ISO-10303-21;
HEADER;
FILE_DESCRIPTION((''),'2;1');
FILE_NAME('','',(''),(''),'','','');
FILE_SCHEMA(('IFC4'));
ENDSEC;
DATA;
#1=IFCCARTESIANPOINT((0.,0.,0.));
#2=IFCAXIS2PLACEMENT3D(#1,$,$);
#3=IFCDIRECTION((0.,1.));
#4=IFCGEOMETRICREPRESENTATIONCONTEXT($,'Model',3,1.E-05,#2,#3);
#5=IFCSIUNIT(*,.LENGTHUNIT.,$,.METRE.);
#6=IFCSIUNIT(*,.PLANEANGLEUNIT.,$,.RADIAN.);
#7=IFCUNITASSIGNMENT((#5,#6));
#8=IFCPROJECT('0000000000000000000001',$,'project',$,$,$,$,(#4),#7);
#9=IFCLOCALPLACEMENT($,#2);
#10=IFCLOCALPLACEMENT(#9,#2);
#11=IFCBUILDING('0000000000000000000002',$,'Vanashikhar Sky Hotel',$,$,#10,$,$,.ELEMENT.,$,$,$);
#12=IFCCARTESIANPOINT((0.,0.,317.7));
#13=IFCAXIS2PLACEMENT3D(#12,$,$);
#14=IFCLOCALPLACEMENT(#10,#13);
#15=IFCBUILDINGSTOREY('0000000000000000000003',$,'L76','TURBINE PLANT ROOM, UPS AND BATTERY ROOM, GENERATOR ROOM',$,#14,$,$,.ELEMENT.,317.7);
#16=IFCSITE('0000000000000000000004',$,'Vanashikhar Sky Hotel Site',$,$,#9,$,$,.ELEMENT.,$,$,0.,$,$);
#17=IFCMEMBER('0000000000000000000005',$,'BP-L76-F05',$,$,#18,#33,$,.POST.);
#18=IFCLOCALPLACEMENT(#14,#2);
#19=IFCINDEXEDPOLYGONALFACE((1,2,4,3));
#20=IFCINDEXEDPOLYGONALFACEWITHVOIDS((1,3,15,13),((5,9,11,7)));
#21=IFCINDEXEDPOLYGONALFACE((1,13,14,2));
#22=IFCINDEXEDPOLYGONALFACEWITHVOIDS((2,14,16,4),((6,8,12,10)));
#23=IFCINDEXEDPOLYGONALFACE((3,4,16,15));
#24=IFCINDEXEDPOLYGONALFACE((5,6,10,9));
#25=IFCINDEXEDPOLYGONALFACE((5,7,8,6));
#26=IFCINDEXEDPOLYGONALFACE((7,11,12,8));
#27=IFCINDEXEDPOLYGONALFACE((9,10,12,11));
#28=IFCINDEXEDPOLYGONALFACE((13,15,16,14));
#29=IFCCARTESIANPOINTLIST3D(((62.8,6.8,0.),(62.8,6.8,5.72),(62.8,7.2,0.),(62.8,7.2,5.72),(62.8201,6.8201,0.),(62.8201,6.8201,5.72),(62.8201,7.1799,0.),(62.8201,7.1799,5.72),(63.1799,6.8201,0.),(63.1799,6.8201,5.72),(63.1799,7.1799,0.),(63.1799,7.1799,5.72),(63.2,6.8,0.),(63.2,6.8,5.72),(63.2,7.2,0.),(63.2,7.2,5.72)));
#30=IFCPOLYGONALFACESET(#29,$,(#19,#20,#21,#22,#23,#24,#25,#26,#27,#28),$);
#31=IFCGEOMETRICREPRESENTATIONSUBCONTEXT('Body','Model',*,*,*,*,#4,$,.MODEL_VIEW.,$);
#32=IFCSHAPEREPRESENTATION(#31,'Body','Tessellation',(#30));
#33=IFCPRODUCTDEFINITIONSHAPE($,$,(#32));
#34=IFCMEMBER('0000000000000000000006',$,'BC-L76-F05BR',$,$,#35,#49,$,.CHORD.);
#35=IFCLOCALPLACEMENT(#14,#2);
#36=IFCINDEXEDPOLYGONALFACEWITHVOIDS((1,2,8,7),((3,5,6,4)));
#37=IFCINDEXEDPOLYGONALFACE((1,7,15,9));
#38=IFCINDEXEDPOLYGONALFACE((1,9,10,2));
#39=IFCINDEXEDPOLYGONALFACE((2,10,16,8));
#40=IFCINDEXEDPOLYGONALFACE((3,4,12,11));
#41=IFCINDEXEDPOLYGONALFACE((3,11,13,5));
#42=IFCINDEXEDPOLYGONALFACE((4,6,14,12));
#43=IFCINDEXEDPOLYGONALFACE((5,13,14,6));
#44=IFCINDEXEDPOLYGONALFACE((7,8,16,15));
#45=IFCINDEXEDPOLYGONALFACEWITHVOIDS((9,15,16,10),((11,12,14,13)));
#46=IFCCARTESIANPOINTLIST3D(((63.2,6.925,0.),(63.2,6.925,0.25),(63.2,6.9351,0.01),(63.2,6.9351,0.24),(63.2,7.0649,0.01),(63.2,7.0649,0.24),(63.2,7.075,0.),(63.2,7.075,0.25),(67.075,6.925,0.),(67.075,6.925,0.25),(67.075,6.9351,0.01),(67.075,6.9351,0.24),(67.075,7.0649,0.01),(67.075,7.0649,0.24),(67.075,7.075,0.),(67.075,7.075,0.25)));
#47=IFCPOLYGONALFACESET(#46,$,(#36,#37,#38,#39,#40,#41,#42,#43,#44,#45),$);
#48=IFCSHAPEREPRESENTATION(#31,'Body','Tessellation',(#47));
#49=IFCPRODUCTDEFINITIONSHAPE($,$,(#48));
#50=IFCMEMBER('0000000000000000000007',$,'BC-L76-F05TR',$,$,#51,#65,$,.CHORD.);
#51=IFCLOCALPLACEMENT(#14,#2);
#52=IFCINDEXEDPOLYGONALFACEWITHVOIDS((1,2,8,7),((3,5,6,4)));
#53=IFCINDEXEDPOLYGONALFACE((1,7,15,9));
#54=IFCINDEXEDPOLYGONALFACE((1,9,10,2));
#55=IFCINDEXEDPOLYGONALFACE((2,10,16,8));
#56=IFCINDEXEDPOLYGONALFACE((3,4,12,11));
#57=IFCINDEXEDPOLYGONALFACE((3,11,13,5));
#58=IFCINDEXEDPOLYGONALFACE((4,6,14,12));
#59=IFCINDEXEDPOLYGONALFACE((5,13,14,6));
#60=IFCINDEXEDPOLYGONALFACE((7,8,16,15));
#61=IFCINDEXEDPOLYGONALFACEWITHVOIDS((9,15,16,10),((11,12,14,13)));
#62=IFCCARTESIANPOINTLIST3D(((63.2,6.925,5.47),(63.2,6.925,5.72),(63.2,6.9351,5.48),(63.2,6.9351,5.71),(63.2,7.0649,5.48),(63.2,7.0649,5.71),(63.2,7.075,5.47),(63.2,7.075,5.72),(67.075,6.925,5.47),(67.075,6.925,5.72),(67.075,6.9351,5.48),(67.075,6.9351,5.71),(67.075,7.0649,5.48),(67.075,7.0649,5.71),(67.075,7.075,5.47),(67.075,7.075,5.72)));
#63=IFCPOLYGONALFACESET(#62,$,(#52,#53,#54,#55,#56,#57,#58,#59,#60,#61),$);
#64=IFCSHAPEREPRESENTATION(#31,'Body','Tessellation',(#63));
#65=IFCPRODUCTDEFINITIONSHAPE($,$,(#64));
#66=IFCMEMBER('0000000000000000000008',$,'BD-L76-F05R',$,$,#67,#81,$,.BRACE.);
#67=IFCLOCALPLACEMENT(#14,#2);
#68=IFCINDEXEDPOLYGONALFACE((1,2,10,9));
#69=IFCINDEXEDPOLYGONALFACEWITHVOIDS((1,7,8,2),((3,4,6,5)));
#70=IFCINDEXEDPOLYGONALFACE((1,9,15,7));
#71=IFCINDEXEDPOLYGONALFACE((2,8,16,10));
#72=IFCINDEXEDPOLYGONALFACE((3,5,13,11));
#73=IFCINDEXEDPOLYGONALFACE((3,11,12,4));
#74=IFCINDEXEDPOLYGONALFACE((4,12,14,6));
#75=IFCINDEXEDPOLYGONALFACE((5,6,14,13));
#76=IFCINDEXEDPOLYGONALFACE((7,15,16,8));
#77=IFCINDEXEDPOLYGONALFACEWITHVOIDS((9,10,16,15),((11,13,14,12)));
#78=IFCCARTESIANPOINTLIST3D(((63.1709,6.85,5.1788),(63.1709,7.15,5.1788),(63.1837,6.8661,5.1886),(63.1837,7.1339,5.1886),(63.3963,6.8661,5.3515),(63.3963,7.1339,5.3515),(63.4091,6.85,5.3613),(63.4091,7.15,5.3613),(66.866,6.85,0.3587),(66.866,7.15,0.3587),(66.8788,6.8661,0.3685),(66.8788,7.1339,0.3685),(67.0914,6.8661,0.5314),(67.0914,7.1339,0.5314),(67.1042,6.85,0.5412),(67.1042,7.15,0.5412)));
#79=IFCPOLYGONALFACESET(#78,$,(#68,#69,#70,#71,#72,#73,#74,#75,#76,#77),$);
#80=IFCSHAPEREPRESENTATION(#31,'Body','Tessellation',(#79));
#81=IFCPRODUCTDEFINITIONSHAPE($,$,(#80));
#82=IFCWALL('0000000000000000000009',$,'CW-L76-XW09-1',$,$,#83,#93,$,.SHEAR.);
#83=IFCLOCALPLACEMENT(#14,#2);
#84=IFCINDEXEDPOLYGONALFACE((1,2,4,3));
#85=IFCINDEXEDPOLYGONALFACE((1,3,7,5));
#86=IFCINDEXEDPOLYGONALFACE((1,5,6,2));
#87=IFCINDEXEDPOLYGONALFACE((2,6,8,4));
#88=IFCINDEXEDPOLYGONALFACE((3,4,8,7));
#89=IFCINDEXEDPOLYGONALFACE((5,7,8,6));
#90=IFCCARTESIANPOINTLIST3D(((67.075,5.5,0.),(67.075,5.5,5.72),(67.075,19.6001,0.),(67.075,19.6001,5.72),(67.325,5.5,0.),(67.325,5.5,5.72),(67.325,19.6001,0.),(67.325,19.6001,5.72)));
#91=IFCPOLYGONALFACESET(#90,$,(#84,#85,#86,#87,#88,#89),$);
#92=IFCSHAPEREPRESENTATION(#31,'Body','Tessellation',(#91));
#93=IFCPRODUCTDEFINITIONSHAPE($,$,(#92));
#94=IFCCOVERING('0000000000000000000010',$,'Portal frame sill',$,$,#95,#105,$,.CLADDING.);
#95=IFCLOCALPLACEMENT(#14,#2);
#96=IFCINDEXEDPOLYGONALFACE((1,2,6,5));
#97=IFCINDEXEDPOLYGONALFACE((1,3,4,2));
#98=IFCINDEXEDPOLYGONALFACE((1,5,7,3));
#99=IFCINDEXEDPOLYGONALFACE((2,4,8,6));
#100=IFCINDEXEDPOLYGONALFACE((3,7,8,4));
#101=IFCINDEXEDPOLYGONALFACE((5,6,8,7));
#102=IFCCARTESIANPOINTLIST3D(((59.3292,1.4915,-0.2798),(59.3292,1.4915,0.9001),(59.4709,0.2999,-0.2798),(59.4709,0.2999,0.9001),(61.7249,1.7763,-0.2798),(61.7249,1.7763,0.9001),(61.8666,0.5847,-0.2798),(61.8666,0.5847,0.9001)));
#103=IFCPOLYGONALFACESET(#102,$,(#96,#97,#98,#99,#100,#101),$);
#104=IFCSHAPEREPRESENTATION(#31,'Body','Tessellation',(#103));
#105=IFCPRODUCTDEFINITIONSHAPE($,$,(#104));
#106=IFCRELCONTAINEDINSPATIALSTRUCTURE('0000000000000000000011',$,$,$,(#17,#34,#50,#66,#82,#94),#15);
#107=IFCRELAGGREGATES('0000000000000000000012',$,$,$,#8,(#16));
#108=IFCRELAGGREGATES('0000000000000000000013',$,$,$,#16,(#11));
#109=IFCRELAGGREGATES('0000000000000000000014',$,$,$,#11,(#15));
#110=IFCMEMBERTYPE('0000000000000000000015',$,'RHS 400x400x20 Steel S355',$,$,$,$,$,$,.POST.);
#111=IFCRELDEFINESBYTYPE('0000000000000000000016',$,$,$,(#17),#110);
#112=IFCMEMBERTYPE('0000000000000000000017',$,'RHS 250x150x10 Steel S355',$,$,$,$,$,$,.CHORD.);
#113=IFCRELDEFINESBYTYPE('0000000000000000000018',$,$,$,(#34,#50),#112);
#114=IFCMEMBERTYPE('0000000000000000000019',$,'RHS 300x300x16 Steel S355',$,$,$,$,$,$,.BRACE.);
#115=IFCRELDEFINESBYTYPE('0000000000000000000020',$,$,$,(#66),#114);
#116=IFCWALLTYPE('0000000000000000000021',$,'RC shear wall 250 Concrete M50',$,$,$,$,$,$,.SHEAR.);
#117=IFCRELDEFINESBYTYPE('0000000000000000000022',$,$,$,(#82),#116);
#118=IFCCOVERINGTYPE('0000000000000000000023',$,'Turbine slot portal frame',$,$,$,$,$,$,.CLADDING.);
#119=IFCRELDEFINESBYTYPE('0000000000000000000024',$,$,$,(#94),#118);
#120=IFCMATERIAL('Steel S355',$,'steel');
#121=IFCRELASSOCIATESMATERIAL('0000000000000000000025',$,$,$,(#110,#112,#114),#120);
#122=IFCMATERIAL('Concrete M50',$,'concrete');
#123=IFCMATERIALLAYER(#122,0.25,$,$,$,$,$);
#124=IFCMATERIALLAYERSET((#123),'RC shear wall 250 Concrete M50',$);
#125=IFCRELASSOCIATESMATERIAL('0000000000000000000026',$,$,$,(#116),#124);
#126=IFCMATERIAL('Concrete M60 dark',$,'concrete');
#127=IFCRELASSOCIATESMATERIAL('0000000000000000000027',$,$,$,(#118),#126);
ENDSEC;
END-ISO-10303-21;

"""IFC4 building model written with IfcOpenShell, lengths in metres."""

from ifc_helpers import new_model, si_unit, direction, frame, frame_2d, origin, origin_2d, place, context, subcontext, project, spatial, rectangle, hollow_rectangle, extrude, source, transform, mapped, material, layer, layer_set, material_profile, profile_set, type_object, element, save


model = new_model("IFC4")

# Units and contexts
model_context = context("Model", 3, precision=1e-05, world=origin(), true_north=direction((0.0, 1.0)))
body_context = subcontext(model_context, "Body", "Model", "MODEL_VIEW")
ifc_project = project(units=[si_unit("LENGTHUNIT", "METRE"), si_unit("PLANEANGLEUNIT", "RADIAN")], contexts=[model_context])

# Site, building, storey
site_placement = place(None, origin())
site = spatial("IfcSite", under=ifc_project, at=site_placement, Name="Vanashikhar Sky Hotel Site", CompositionType="ELEMENT", RefElevation=0.0)
building_placement = place(site_placement, origin())
building = spatial("IfcBuilding", under=site, at=building_placement, Name="Vanashikhar Sky Hotel", CompositionType="ELEMENT")
storey_placement = place(building_placement, frame((0.0, 0.0, 317.7)))
storey = spatial("IfcBuildingStorey", under=building, at=storey_placement, Name="L76", Description="TURBINE PLANT ROOM, UPS AND BATTERY ROOM, GENERATOR ROOM", CompositionType="ELEMENT", Elevation=317.7)

# Members
ifc_material_1 = material(Name="Steel S355", Category="steel")
ifc_material_profile_1 = material_profile(ifc_material_1, hollow_rectangle(XDim=0.3999, YDim=0.3999, WallThickness=0.02, at=origin_2d()))
ifc_profile_set_1 = profile_set([ifc_material_profile_1], Name="RHS 400x400x20 Steel S355")
member_type_1 = type_object("IfcMemberType", Name="RHS 400x400x20 Steel S355", PredefinedType="POST", material=ifc_profile_set_1)
shared_shape_1 = source(origin(), body_context, "Body", "SweptSolid", [
    extrude(hollow_rectangle(XDim=0.3999, YDim=0.3999, WallThickness=0.02, at=origin_2d()), origin(), (0.0, 0.0, 1.0), 5.72),
])
member_1_placement = place(storey_placement, frame((63.0, 7.0, 0.0), z_axis=(0.0, 0.0, 1.0), x_axis=(1.0, 0.0, 0.0)))
element("IfcMember", 1, at=member_1_placement, inside=storey, type_object=member_type_1, Name="BP-L76-F05", PredefinedType="POST", context=body_context, shape_type="MappedRepresentation", body=[
    mapped(shared_shape_1, transform((0.0, 0.0, 0.0), scale=1.0)),
])
ifc_material_profile_2 = material_profile(ifc_material_1, hollow_rectangle(XDim=0.1499, YDim=0.25, WallThickness=0.01, at=origin_2d()))
ifc_profile_set_2 = profile_set([ifc_material_profile_2], Name="RHS 250x150x10 Steel S355")
member_type_2 = type_object("IfcMemberType", Name="RHS 250x150x10 Steel S355", PredefinedType="CHORD", material=ifc_profile_set_2)
shared_shape_2 = source(origin(), body_context, "Body", "SweptSolid", [
    extrude(hollow_rectangle(XDim=0.1499, YDim=0.25, WallThickness=0.01, at=origin_2d()), origin(), (0.0, 0.0, 1.0), 3.875),
])
for number, where, z_axis, x_axis, name in (
    (2, (63.2, 7.0, 0.125), (1.0, 0.0, 0.0), (0.0, 1.0, 0.0), "BC-L76-F05BR"),
    (3, (63.2, 7.0, 5.595), (1.0, 0.0, 0.0), (0.0, 1.0, 0.0), "BC-L76-F05TR"),
):
    element("IfcMember", number, at=place(storey_placement, frame(where, z_axis=z_axis, x_axis=x_axis)), inside=storey, type_object=member_type_2, Name=name, PredefinedType="CHORD", context=body_context, shape_type="MappedRepresentation", body=[
        mapped(shared_shape_2, transform((0.0, 0.0, 0.0), scale=1.0)),
    ])
ifc_material_profile_3 = material_profile(ifc_material_1, hollow_rectangle(XDim=0.3, YDim=0.3, WallThickness=0.0161, at=origin_2d()))
ifc_profile_set_3 = profile_set([ifc_material_profile_3], Name="RHS 300x300x16 Steel S355")
member_type_3 = type_object("IfcMemberType", Name="RHS 300x300x16 Steel S355", PredefinedType="BRACE", material=ifc_profile_set_3)
shared_shape_3 = source(origin(), body_context, "Body", "SweptSolid", [
    extrude(hollow_rectangle(XDim=0.3, YDim=0.3, WallThickness=0.0161, at=origin_2d()), origin(), (0.0, 0.0, 1.0), 6.0735),
])
member_2_placement = place(storey_placement, frame((66.9851, 7.0, 0.45), z_axis=(-0.608399, 0.0, 0.793632), x_axis=(0.0, -1.0, 0.0)))
element("IfcMember", 4, at=member_2_placement, inside=storey, type_object=member_type_3, Name="BD-L76-F05R", PredefinedType="BRACE", context=body_context, shape_type="MappedRepresentation", body=[
    mapped(shared_shape_3, transform((0.0, 0.0, 0.0), scale=1.0)),
])

# Wall
ifc_material_2 = material(Name="Concrete M50", Category="concrete")
ifc_layer_1 = layer(ifc_material_2, 0.25)
ifc_layer_set_1 = layer_set([ifc_layer_1], Name="RC shear wall 250 Concrete M50")
wall_type = type_object("IfcWallType", Name="RC shear wall 250 Concrete M50", PredefinedType="SHEAR", material=ifc_layer_set_1)
shared_shape_4 = source(origin(), body_context, "Body", "SweptSolid", [
    extrude(rectangle(XDim=14.1001, YDim=0.25, at=frame_2d((7.05, 0.0))), origin(), (0.0, 0.0, 1.0), 5.72),
])
wall_placement = place(storey_placement, frame((67.2, 5.5, 0.0), z_axis=(0.0, 0.0, 1.0), x_axis=(0.0, 1.0, 0.0)))
element("IfcWall", 5, at=wall_placement, inside=storey, type_object=wall_type, Name="CW-L76-XW09-1", PredefinedType="SHEAR", context=body_context, shape_type="MappedRepresentation", body=[
    mapped(shared_shape_4, transform((0.0, 0.0, 0.0), scale=1.0)),
])

# Covering
ifc_material_3 = material(Name="Concrete M60 dark", Category="concrete")
covering_type_1 = type_object("IfcCoveringType", Name="Turbine slot portal frame", PredefinedType="CLADDING", material=ifc_material_3)
shared_shape_5 = source(origin(), body_context, "Body", "SweptSolid", [
    extrude(rectangle(XDim=2.4126, YDim=1.2, at=origin_2d()), origin(), (0.0, 0.0, 1.0), 1.1799),
])
covering_1_placement = place(storey_placement, frame((60.5979, 1.0381, -0.2798), z_axis=(0.0, 0.0, 1.0), x_axis=(0.993009, 0.11804, 0.0)))
element("IfcCovering", 6, at=covering_1_placement, inside=storey, type_object=covering_type_1, Name="Portal frame sill", PredefinedType="CLADDING", context=body_context, shape_type="MappedRepresentation", body=[
    mapped(shared_shape_5, transform((0.0, 0.0, 0.0), scale=1.0)),
])

save(model, "model.ifc")
